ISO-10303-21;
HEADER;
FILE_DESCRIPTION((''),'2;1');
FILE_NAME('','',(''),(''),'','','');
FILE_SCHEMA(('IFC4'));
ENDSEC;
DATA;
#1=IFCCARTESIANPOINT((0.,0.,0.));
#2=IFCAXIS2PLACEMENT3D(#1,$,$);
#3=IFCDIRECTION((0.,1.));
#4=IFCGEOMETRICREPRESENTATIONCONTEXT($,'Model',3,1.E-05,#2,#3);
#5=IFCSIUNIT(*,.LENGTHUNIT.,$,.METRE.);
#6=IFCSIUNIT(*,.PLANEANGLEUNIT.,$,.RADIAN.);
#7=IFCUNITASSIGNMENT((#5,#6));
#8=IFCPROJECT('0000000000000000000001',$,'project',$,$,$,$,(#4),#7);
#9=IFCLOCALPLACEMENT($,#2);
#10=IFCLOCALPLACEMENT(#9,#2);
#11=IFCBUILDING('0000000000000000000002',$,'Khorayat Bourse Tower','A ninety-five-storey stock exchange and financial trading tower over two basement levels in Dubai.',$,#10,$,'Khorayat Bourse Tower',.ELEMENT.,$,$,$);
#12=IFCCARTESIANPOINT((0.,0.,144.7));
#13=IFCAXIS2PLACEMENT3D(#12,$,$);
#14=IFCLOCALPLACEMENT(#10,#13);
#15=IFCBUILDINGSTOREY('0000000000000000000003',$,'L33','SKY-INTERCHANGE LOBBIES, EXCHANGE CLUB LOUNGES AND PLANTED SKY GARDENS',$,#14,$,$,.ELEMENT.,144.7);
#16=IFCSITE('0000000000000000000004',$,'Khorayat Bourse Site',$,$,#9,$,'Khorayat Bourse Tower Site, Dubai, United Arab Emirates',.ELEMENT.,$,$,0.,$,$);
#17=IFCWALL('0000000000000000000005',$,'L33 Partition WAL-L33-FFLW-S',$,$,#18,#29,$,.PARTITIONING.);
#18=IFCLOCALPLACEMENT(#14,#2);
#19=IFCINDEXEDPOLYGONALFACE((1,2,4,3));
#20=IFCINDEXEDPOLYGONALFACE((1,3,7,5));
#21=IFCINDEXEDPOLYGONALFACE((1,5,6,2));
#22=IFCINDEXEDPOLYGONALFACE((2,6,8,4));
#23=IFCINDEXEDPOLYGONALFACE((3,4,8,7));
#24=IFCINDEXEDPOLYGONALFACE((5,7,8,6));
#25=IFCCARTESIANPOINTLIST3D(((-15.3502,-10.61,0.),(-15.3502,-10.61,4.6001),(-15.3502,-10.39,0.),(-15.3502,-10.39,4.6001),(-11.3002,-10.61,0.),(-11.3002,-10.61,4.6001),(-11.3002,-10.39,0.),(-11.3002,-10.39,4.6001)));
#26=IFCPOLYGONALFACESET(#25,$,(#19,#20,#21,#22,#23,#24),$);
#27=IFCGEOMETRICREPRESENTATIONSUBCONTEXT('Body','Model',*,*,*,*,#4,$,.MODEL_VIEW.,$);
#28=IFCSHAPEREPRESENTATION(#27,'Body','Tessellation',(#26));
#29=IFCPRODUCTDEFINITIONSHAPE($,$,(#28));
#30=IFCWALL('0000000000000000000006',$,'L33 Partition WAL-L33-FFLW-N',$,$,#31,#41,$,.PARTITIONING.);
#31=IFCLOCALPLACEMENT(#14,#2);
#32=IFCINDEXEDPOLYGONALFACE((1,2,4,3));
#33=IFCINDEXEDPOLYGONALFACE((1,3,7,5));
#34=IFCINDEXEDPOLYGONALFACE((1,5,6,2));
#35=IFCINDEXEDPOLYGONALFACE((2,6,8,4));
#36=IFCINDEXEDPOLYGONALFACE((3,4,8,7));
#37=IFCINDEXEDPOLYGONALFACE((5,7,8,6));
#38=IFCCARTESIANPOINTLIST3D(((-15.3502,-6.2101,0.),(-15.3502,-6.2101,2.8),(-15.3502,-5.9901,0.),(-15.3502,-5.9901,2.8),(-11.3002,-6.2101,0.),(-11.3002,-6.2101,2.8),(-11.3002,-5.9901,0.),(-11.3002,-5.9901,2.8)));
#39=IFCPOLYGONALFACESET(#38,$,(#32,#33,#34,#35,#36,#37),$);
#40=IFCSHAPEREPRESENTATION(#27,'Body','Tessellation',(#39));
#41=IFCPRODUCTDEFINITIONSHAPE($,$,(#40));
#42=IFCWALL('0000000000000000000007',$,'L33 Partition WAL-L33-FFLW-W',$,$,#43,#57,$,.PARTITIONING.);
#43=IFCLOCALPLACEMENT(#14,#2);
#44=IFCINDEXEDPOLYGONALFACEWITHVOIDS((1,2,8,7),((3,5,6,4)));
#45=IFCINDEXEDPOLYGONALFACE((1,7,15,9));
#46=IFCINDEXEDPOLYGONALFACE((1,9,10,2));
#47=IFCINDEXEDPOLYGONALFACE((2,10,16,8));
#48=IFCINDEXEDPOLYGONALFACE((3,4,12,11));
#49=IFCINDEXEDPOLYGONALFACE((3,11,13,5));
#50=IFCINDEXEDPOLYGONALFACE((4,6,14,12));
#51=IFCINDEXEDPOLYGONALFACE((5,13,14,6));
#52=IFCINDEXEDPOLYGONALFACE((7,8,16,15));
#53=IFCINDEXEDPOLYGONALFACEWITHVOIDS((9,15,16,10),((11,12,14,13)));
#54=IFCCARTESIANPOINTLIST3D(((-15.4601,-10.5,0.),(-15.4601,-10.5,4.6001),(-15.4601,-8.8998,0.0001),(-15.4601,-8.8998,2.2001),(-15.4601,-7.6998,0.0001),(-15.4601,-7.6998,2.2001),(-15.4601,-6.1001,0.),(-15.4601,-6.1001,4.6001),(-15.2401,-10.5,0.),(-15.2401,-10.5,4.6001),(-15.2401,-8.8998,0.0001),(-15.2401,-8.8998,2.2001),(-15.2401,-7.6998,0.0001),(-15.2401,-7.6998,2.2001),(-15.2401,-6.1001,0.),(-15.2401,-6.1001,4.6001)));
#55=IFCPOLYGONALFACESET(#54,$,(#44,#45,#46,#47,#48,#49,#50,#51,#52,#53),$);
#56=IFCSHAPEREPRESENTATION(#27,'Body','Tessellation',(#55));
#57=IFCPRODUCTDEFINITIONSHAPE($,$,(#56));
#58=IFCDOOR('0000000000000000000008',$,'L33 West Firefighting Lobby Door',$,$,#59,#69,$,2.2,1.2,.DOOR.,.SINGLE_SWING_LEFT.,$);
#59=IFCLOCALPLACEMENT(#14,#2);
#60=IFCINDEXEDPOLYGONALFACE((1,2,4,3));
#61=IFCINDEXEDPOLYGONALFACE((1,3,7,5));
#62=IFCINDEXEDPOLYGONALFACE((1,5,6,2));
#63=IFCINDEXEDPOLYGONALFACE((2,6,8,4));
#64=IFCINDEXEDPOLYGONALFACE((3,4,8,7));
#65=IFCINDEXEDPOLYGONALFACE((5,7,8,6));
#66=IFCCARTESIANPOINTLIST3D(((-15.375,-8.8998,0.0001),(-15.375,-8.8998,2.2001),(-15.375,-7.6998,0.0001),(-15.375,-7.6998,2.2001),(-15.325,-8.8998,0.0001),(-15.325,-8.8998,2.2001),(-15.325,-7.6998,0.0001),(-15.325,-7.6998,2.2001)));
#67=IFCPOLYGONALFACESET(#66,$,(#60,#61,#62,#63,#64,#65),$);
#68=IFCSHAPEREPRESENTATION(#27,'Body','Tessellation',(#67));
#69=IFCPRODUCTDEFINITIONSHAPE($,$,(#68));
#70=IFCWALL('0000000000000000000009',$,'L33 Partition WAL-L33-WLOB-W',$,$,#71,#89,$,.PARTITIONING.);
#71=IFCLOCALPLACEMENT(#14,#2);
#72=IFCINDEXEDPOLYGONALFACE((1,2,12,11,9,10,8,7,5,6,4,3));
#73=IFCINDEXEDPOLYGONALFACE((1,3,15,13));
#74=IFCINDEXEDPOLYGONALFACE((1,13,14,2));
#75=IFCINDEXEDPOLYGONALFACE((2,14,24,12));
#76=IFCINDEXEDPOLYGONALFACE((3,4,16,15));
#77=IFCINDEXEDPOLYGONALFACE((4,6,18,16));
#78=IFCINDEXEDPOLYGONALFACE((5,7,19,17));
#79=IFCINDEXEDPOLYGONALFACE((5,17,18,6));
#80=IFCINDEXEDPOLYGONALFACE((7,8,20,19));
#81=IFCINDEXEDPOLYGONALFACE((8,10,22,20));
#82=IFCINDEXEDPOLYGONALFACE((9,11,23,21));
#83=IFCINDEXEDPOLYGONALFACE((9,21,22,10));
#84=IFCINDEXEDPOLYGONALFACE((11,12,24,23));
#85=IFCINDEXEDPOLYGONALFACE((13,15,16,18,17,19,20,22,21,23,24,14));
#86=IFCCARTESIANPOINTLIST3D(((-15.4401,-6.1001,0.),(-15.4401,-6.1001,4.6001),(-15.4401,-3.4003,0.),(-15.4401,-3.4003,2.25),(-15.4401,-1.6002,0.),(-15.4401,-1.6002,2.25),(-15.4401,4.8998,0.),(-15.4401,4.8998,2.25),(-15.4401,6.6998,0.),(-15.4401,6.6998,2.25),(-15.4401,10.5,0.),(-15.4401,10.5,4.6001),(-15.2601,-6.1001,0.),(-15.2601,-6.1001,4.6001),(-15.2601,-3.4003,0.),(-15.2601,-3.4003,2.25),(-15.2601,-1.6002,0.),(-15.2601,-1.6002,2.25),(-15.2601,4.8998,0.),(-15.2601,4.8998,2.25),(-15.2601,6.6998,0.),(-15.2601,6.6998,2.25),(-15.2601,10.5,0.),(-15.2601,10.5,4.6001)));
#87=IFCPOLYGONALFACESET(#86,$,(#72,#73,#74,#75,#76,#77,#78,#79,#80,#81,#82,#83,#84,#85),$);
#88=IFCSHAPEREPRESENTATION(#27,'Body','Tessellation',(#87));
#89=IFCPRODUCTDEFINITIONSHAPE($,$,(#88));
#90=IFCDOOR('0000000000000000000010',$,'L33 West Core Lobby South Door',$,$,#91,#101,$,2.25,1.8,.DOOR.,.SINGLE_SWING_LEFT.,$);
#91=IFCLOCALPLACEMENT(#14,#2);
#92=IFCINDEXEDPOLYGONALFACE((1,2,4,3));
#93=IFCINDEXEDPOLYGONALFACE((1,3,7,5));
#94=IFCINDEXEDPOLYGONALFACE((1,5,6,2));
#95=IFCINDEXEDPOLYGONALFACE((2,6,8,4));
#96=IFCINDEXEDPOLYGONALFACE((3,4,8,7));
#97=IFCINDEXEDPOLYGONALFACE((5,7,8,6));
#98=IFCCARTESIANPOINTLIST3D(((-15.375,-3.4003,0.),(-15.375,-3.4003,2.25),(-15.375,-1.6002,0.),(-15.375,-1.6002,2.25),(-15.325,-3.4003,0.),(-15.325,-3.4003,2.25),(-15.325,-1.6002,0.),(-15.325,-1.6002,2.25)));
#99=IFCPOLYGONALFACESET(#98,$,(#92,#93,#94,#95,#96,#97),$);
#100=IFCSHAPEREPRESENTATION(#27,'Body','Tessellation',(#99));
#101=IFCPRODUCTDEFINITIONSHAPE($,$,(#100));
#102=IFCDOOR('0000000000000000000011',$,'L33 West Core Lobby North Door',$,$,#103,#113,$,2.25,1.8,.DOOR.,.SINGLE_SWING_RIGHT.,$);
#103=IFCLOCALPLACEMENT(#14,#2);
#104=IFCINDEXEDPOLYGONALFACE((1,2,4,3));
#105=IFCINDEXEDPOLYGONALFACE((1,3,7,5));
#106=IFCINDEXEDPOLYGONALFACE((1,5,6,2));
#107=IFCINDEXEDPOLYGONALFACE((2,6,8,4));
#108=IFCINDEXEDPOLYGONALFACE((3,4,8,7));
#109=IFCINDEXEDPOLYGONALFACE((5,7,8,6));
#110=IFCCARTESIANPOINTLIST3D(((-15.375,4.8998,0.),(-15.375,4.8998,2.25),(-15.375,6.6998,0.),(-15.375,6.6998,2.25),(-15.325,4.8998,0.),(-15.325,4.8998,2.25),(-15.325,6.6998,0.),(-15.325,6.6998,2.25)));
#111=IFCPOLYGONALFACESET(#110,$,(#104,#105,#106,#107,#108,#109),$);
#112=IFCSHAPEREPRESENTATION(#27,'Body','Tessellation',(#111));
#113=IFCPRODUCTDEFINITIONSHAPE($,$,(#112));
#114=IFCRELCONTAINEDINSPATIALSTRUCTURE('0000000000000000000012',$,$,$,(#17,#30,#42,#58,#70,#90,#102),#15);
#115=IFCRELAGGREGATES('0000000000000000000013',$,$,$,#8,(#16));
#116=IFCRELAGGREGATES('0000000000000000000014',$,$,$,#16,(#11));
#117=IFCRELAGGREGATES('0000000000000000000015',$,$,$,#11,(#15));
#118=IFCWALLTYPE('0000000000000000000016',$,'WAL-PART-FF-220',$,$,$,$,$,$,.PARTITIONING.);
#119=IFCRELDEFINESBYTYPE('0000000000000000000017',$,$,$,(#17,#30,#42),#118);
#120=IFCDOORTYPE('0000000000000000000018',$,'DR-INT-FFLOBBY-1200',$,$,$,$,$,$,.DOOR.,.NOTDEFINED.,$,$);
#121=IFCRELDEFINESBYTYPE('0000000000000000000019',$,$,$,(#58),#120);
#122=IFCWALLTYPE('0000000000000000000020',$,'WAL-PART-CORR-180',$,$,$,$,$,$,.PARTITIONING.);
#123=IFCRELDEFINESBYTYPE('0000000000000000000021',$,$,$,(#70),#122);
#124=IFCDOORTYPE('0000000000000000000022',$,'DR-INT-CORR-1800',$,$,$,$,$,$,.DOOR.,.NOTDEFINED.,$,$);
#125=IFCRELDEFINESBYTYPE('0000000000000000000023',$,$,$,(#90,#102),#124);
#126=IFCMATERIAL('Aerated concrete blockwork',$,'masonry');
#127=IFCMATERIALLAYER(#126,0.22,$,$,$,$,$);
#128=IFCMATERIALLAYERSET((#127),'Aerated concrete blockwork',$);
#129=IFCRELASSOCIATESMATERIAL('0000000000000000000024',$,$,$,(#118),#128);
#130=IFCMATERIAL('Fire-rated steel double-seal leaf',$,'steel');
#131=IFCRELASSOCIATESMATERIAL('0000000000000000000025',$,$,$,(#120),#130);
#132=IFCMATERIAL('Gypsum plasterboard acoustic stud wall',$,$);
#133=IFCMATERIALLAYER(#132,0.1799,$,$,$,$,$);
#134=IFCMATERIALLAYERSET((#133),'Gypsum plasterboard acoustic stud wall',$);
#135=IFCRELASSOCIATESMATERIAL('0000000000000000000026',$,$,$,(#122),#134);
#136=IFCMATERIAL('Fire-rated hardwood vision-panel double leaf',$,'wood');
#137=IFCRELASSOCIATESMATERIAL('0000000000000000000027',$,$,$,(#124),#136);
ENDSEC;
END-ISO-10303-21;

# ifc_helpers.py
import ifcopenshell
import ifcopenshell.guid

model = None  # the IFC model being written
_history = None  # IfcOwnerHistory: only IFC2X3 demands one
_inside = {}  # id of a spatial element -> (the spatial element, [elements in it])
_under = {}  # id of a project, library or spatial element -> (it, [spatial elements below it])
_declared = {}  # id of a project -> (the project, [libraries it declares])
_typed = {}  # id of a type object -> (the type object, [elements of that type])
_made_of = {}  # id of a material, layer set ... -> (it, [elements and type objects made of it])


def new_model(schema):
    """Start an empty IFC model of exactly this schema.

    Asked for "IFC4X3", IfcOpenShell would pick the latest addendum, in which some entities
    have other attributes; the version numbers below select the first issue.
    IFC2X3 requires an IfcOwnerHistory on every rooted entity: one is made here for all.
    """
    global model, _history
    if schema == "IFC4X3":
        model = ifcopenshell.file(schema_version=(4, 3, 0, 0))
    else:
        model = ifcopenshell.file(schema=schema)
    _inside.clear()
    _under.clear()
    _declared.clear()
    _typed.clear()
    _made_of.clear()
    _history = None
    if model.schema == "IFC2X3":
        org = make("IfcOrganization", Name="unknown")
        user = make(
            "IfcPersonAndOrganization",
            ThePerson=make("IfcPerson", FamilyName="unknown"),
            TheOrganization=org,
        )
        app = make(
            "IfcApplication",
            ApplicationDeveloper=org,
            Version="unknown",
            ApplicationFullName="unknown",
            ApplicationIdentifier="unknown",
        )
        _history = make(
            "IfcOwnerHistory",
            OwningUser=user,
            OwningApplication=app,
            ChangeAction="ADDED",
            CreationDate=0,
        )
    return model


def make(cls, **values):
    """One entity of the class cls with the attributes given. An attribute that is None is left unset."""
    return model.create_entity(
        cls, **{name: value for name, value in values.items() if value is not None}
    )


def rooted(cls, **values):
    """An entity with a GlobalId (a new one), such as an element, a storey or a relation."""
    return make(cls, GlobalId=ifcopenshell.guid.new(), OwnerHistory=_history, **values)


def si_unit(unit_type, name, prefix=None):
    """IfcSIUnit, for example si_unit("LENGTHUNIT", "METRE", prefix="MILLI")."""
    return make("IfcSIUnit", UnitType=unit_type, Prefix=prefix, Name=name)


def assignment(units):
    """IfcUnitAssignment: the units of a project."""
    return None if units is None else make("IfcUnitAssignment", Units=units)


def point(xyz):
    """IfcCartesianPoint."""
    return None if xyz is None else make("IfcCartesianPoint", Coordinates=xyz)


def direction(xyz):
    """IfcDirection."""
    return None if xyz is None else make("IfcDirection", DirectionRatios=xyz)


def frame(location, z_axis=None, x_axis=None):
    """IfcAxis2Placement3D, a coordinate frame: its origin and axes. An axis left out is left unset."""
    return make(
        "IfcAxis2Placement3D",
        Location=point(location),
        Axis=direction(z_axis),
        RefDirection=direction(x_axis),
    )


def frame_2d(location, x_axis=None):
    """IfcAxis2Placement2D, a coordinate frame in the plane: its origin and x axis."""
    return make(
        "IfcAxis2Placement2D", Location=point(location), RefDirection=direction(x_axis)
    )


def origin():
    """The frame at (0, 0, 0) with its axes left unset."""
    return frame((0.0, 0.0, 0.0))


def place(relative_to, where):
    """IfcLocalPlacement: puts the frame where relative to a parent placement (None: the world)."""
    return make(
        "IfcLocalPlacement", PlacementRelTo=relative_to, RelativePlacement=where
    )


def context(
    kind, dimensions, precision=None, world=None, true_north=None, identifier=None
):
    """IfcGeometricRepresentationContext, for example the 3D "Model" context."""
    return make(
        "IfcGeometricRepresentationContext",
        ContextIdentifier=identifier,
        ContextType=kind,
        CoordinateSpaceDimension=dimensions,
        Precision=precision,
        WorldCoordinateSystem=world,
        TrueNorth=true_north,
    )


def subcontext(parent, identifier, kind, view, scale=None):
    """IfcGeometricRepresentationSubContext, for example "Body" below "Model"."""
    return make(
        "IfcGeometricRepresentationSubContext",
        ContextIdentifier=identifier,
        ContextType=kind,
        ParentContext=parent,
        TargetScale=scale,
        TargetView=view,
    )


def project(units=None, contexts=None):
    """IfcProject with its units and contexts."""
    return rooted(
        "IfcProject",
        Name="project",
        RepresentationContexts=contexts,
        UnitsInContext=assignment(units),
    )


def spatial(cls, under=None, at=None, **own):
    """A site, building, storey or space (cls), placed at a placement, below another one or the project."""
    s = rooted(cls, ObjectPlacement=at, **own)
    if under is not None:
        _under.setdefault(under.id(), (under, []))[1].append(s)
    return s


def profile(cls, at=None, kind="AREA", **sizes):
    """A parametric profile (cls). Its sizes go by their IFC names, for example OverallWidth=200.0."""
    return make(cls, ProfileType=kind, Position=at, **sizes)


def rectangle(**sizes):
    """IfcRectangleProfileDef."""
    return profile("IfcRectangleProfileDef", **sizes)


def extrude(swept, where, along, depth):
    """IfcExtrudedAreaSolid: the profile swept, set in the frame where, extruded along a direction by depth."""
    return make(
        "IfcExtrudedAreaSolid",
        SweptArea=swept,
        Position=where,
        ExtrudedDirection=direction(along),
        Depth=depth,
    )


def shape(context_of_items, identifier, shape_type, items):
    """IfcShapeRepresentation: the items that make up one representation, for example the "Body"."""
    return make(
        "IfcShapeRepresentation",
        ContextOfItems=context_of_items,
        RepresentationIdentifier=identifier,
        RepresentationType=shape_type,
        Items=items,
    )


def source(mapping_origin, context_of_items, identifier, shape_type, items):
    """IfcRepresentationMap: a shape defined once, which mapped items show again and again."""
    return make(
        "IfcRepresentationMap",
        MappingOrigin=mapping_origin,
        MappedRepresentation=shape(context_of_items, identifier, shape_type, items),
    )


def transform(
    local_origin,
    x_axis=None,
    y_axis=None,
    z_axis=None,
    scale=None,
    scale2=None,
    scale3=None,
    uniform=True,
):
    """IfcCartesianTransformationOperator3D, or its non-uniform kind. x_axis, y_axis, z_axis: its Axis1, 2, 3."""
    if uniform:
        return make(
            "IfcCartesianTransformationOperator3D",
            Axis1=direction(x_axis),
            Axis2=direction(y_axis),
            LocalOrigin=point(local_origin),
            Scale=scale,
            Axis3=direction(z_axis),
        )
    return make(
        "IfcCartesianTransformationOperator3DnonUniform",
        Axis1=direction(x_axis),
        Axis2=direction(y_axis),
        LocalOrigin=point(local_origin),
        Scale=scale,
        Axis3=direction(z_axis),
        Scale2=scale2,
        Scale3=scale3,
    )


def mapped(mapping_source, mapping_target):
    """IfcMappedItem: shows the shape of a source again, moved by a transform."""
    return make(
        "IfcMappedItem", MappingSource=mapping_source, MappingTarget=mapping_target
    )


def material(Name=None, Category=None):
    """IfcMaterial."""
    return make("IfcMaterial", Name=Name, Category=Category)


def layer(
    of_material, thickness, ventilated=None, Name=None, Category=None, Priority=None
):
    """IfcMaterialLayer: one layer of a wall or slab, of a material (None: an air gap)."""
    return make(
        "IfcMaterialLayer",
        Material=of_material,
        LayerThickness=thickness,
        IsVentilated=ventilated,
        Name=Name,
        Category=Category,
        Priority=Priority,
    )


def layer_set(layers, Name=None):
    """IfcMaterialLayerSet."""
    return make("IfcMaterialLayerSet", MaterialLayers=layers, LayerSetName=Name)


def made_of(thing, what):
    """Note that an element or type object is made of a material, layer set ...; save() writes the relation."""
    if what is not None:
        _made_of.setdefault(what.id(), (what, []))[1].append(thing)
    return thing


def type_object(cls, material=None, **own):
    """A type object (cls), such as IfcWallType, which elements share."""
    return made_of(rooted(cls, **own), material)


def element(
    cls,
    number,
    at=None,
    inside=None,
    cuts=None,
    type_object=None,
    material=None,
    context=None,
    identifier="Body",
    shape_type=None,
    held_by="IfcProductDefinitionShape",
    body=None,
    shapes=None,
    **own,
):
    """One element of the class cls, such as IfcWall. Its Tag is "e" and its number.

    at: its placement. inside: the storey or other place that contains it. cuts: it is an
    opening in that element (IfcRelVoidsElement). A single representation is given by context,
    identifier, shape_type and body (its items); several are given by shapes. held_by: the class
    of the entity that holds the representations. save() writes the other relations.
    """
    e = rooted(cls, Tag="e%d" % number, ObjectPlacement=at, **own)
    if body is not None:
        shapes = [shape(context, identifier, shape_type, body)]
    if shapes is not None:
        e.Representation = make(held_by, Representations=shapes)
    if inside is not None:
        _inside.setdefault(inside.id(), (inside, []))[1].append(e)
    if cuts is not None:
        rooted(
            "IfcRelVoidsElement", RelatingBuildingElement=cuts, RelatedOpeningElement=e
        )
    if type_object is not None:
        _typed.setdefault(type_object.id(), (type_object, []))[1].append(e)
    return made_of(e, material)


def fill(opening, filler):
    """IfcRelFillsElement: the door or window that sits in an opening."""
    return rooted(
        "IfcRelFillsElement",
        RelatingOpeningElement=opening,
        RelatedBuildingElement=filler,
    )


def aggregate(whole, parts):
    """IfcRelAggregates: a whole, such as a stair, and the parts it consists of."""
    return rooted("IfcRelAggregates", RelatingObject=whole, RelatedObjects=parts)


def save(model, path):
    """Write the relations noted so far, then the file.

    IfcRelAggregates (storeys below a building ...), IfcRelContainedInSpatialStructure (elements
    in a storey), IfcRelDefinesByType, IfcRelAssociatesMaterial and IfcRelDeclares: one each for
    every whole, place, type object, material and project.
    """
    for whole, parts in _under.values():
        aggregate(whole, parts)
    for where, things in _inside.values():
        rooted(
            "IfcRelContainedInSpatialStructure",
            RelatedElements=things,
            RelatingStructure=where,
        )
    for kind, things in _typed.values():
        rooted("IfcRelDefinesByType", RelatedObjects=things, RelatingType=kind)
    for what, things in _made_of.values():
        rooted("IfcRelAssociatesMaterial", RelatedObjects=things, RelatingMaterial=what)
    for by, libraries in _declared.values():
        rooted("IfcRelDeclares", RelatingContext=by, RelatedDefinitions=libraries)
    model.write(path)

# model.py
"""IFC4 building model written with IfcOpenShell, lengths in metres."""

from ifc_helpers import new_model, si_unit, direction, frame, frame_2d, origin, place, context, subcontext, project, spatial, rectangle, extrude, source, transform, mapped, material, layer, layer_set, type_object, element, fill, save


model = new_model("IFC4")

# Units and contexts
model_context = context("Model", 3, precision=1e-05, world=origin(), true_north=direction((0.0, 1.0)))
body_context = subcontext(model_context, "Body", "Model", "MODEL_VIEW")
ifc_project = project(units=[si_unit("LENGTHUNIT", "METRE"), si_unit("PLANEANGLEUNIT", "RADIAN")], contexts=[model_context])

# Site, building, storey
site_placement = place(None, origin())
site = spatial("IfcSite", under=ifc_project, at=site_placement, Name="Khorayat Bourse Site", LongName="Khorayat Bourse Tower Site, Dubai, United Arab Emirates", CompositionType="ELEMENT", RefElevation=0.0)
building_placement = place(site_placement, origin())
building = spatial("IfcBuilding", under=site, at=building_placement, Name="Khorayat Bourse Tower", Description="A ninety-five-storey stock exchange and financial trading tower over two basement levels in Dubai.", LongName="Khorayat Bourse Tower", CompositionType="ELEMENT")
storey_placement = place(building_placement, frame((0.0, 0.0, 144.7)))
storey = spatial("IfcBuildingStorey", under=building, at=storey_placement, Name="L33", Description="SKY-INTERCHANGE LOBBIES, EXCHANGE CLUB LOUNGES AND PLANTED SKY GARDENS", CompositionType="ELEMENT", Elevation=144.7)

# Walls
ifc_material_1 = material(Name="Aerated concrete blockwork", Category="masonry")
ifc_layer_1 = layer(ifc_material_1, 0.22)
ifc_layer_set_1 = layer_set([ifc_layer_1], Name="Aerated concrete blockwork")
wall_type_1 = type_object("IfcWallType", Name="WAL-PART-FF-220", PredefinedType="PARTITIONING", material=ifc_layer_set_1)
shared_shape_1 = source(origin(), body_context, "Body", "SweptSolid", [
    extrude(rectangle(XDim=4.05, YDim=0.22, at=frame_2d((2.0249, 0.0))), origin(), (0.0, 0.0, 1.0), 4.6001),
])
wall_1_placement = place(storey_placement, frame((-15.3501, -10.5, 0.0), z_axis=(0.0, 0.0, 1.0), x_axis=(1.0, 0.0, 0.0)))
element("IfcWall", 1, at=wall_1_placement, inside=storey, type_object=wall_type_1, Name="L33 Partition WAL-L33-FFLW-S", PredefinedType="PARTITIONING", context=body_context, shape_type="MappedRepresentation", body=[
    mapped(shared_shape_1, transform((0.0, 0.0, 0.0), scale=1.0)),
])
shared_shape_2 = source(origin(), body_context, "Body", "SweptSolid", [
    extrude(rectangle(XDim=4.05, YDim=0.22, at=frame_2d((2.0249, 0.0))), origin(), (0.0, 0.0, 1.0), 2.8),
])
wall_2_placement = place(storey_placement, frame((-15.3501, -6.1001, 0.0), z_axis=(0.0, 0.0, 1.0), x_axis=(1.0, 0.0, 0.0)))
element("IfcWall", 2, at=wall_2_placement, inside=storey, type_object=wall_type_1, Name="L33 Partition WAL-L33-FFLW-N", PredefinedType="PARTITIONING", context=body_context, shape_type="MappedRepresentation", body=[
    mapped(shared_shape_2, transform((0.0, 0.0, 0.0), scale=1.0)),
])

# Wall, opening, door
shared_shape_3 = source(origin(), body_context, "Body", "SweptSolid", [
    extrude(rectangle(XDim=4.3999, YDim=0.22, at=frame_2d((2.2, 0.0))), origin(), (0.0, 0.0, 1.0), 4.6001),
])
wall_3_placement = place(storey_placement, frame((-15.3501, -10.5, 0.0), z_axis=(0.0, 0.0, 1.0), x_axis=(0.0, 1.0, 0.0)))
wall_3 = element("IfcWall", 3, at=wall_3_placement, inside=storey, type_object=wall_type_1, Name="L33 Partition WAL-L33-FFLW-W", PredefinedType="PARTITIONING", context=body_context, shape_type="MappedRepresentation", body=[
    mapped(shared_shape_3, transform((0.0, 0.0, 0.0), scale=1.0)),
])
shared_shape_4 = source(origin(), body_context, "Body", "SweptSolid", [
    extrude(rectangle(XDim=1.2, YDim=2.2, at=frame_2d((0.6001, 1.1001))), frame((0.0, 0.1199, 0.0), z_axis=(0.0, -1.0, 0.0), x_axis=(1.0, 0.0, 0.0)), (0.0, 0.0, 1.0), 0.24),
])
opening_1_placement = place(wall_3_placement, frame((1.6001, 0.0, 0.0)))
opening_1 = element("IfcOpeningElement", 4, at=opening_1_placement, cuts=wall_3, PredefinedType="OPENING", context=body_context, shape_type="MappedRepresentation", body=[
    mapped(shared_shape_4, transform((0.0, 0.0, 0.0), scale=1.0)),
])
ifc_material_2 = material(Name="Fire-rated steel double-seal leaf", Category="steel")
door_type_1 = type_object("IfcDoorType", Name="DR-INT-FFLOBBY-1200", OperationType="NOTDEFINED", PredefinedType="DOOR", material=ifc_material_2)
shared_shape_5 = source(origin(), body_context, "Body", "SweptSolid", [
    extrude(rectangle(XDim=1.2, YDim=2.2, at=frame_2d((0.6001, 1.1001))), frame((0.0, 0.0249, 0.0), z_axis=(0.0, -1.0, 0.0), x_axis=(1.0, 0.0, 0.0)), (0.0, 0.0, 1.0), 0.05),
])
door_1_placement = place(opening_1_placement, origin())
door_1 = element("IfcDoor", 5, at=door_1_placement, inside=storey, type_object=door_type_1, Name="L33 West Firefighting Lobby Door", OperationType="SINGLE_SWING_LEFT", OverallHeight=2.2, OverallWidth=1.2, PredefinedType="DOOR", context=body_context, shape_type="MappedRepresentation", body=[
    mapped(shared_shape_5, transform((0.0, 0.0, 0.0), scale=1.0)),
])
fill(opening_1, door_1)

# Wall, openings, doors
ifc_material_3 = material(Name="Gypsum plasterboard acoustic stud wall")
ifc_layer_2 = layer(ifc_material_3, 0.1799)
ifc_layer_set_2 = layer_set([ifc_layer_2], Name="Gypsum plasterboard acoustic stud wall")
wall_type_2 = type_object("IfcWallType", Name="WAL-PART-CORR-180", PredefinedType="PARTITIONING", material=ifc_layer_set_2)
shared_shape_6 = source(origin(), body_context, "Body", "SweptSolid", [
    extrude(rectangle(XDim=16.6001, YDim=0.1799, at=frame_2d((8.3, 0.0))), origin(), (0.0, 0.0, 1.0), 4.6001),
])
wall_4_placement = place(storey_placement, frame((-15.3501, -6.1001, 0.0), z_axis=(0.0, 0.0, 1.0), x_axis=(0.0, 1.0, 0.0)))
wall_4 = element("IfcWall", 6, at=wall_4_placement, inside=storey, type_object=wall_type_2, Name="L33 Partition WAL-L33-WLOB-W", PredefinedType="PARTITIONING", context=body_context, shape_type="MappedRepresentation", body=[
    mapped(shared_shape_6, transform((0.0, 0.0, 0.0), scale=1.0)),
])
shared_shape_7 = source(origin(), body_context, "Body", "SweptSolid", [
    extrude(rectangle(XDim=1.8, YDim=2.25, at=frame_2d((0.8999, 1.125))), frame((0.0, 0.0999, 0.0), z_axis=(0.0, -1.0, 0.0), x_axis=(1.0, 0.0, 0.0)), (0.0, 0.0, 1.0), 0.2),
])
opening_2_placement = place(wall_4_placement, frame((2.7, 0.0, 0.0)))
opening_2 = element("IfcOpeningElement", 7, at=opening_2_placement, cuts=wall_4, PredefinedType="OPENING", context=body_context, shape_type="MappedRepresentation", body=[
    mapped(shared_shape_7, transform((0.0, 0.0, 0.0), scale=1.0)),
])
opening_3_placement = place(wall_4_placement, frame((11.0, 0.0, 0.0)))
opening_3 = element("IfcOpeningElement", 8, at=opening_3_placement, cuts=wall_4, PredefinedType="OPENING", context=body_context, shape_type="MappedRepresentation", body=[
    mapped(shared_shape_7, transform((0.0, 0.0, 0.0), scale=1.0)),
])
ifc_material_4 = material(Name="Fire-rated hardwood vision-panel double leaf", Category="wood")
door_type_2 = type_object("IfcDoorType", Name="DR-INT-CORR-1800", OperationType="NOTDEFINED", PredefinedType="DOOR", material=ifc_material_4)
shared_shape_8 = source(origin(), body_context, "Body", "SweptSolid", [
    extrude(rectangle(XDim=1.8, YDim=2.25, at=frame_2d((0.8999, 1.125))), frame((0.0, 0.0249, 0.0), z_axis=(0.0, -1.0, 0.0), x_axis=(1.0, 0.0, 0.0)), (0.0, 0.0, 1.0), 0.05),
])
door_2_placement = place(opening_2_placement, origin())
door_2 = element("IfcDoor", 9, at=door_2_placement, inside=storey, type_object=door_type_2, Name="L33 West Core Lobby South Door", OperationType="SINGLE_SWING_LEFT", OverallHeight=2.25, OverallWidth=1.8, PredefinedType="DOOR", context=body_context, shape_type="MappedRepresentation", body=[
    mapped(shared_shape_8, transform((0.0, 0.0, 0.0), scale=1.0)),
])
fill(opening_2, door_2)
door_3_placement = place(opening_3_placement, origin())
door_3 = element("IfcDoor", 10, at=door_3_placement, inside=storey, type_object=door_type_2, Name="L33 West Core Lobby North Door", OperationType="SINGLE_SWING_RIGHT", OverallHeight=2.25, OverallWidth=1.8, PredefinedType="DOOR", context=body_context, shape_type="MappedRepresentation", body=[
    mapped(shared_shape_8, transform((0.0, 0.0, 0.0), scale=1.0)),
])
fill(opening_3, door_3)

save(model, "model.ifc")
